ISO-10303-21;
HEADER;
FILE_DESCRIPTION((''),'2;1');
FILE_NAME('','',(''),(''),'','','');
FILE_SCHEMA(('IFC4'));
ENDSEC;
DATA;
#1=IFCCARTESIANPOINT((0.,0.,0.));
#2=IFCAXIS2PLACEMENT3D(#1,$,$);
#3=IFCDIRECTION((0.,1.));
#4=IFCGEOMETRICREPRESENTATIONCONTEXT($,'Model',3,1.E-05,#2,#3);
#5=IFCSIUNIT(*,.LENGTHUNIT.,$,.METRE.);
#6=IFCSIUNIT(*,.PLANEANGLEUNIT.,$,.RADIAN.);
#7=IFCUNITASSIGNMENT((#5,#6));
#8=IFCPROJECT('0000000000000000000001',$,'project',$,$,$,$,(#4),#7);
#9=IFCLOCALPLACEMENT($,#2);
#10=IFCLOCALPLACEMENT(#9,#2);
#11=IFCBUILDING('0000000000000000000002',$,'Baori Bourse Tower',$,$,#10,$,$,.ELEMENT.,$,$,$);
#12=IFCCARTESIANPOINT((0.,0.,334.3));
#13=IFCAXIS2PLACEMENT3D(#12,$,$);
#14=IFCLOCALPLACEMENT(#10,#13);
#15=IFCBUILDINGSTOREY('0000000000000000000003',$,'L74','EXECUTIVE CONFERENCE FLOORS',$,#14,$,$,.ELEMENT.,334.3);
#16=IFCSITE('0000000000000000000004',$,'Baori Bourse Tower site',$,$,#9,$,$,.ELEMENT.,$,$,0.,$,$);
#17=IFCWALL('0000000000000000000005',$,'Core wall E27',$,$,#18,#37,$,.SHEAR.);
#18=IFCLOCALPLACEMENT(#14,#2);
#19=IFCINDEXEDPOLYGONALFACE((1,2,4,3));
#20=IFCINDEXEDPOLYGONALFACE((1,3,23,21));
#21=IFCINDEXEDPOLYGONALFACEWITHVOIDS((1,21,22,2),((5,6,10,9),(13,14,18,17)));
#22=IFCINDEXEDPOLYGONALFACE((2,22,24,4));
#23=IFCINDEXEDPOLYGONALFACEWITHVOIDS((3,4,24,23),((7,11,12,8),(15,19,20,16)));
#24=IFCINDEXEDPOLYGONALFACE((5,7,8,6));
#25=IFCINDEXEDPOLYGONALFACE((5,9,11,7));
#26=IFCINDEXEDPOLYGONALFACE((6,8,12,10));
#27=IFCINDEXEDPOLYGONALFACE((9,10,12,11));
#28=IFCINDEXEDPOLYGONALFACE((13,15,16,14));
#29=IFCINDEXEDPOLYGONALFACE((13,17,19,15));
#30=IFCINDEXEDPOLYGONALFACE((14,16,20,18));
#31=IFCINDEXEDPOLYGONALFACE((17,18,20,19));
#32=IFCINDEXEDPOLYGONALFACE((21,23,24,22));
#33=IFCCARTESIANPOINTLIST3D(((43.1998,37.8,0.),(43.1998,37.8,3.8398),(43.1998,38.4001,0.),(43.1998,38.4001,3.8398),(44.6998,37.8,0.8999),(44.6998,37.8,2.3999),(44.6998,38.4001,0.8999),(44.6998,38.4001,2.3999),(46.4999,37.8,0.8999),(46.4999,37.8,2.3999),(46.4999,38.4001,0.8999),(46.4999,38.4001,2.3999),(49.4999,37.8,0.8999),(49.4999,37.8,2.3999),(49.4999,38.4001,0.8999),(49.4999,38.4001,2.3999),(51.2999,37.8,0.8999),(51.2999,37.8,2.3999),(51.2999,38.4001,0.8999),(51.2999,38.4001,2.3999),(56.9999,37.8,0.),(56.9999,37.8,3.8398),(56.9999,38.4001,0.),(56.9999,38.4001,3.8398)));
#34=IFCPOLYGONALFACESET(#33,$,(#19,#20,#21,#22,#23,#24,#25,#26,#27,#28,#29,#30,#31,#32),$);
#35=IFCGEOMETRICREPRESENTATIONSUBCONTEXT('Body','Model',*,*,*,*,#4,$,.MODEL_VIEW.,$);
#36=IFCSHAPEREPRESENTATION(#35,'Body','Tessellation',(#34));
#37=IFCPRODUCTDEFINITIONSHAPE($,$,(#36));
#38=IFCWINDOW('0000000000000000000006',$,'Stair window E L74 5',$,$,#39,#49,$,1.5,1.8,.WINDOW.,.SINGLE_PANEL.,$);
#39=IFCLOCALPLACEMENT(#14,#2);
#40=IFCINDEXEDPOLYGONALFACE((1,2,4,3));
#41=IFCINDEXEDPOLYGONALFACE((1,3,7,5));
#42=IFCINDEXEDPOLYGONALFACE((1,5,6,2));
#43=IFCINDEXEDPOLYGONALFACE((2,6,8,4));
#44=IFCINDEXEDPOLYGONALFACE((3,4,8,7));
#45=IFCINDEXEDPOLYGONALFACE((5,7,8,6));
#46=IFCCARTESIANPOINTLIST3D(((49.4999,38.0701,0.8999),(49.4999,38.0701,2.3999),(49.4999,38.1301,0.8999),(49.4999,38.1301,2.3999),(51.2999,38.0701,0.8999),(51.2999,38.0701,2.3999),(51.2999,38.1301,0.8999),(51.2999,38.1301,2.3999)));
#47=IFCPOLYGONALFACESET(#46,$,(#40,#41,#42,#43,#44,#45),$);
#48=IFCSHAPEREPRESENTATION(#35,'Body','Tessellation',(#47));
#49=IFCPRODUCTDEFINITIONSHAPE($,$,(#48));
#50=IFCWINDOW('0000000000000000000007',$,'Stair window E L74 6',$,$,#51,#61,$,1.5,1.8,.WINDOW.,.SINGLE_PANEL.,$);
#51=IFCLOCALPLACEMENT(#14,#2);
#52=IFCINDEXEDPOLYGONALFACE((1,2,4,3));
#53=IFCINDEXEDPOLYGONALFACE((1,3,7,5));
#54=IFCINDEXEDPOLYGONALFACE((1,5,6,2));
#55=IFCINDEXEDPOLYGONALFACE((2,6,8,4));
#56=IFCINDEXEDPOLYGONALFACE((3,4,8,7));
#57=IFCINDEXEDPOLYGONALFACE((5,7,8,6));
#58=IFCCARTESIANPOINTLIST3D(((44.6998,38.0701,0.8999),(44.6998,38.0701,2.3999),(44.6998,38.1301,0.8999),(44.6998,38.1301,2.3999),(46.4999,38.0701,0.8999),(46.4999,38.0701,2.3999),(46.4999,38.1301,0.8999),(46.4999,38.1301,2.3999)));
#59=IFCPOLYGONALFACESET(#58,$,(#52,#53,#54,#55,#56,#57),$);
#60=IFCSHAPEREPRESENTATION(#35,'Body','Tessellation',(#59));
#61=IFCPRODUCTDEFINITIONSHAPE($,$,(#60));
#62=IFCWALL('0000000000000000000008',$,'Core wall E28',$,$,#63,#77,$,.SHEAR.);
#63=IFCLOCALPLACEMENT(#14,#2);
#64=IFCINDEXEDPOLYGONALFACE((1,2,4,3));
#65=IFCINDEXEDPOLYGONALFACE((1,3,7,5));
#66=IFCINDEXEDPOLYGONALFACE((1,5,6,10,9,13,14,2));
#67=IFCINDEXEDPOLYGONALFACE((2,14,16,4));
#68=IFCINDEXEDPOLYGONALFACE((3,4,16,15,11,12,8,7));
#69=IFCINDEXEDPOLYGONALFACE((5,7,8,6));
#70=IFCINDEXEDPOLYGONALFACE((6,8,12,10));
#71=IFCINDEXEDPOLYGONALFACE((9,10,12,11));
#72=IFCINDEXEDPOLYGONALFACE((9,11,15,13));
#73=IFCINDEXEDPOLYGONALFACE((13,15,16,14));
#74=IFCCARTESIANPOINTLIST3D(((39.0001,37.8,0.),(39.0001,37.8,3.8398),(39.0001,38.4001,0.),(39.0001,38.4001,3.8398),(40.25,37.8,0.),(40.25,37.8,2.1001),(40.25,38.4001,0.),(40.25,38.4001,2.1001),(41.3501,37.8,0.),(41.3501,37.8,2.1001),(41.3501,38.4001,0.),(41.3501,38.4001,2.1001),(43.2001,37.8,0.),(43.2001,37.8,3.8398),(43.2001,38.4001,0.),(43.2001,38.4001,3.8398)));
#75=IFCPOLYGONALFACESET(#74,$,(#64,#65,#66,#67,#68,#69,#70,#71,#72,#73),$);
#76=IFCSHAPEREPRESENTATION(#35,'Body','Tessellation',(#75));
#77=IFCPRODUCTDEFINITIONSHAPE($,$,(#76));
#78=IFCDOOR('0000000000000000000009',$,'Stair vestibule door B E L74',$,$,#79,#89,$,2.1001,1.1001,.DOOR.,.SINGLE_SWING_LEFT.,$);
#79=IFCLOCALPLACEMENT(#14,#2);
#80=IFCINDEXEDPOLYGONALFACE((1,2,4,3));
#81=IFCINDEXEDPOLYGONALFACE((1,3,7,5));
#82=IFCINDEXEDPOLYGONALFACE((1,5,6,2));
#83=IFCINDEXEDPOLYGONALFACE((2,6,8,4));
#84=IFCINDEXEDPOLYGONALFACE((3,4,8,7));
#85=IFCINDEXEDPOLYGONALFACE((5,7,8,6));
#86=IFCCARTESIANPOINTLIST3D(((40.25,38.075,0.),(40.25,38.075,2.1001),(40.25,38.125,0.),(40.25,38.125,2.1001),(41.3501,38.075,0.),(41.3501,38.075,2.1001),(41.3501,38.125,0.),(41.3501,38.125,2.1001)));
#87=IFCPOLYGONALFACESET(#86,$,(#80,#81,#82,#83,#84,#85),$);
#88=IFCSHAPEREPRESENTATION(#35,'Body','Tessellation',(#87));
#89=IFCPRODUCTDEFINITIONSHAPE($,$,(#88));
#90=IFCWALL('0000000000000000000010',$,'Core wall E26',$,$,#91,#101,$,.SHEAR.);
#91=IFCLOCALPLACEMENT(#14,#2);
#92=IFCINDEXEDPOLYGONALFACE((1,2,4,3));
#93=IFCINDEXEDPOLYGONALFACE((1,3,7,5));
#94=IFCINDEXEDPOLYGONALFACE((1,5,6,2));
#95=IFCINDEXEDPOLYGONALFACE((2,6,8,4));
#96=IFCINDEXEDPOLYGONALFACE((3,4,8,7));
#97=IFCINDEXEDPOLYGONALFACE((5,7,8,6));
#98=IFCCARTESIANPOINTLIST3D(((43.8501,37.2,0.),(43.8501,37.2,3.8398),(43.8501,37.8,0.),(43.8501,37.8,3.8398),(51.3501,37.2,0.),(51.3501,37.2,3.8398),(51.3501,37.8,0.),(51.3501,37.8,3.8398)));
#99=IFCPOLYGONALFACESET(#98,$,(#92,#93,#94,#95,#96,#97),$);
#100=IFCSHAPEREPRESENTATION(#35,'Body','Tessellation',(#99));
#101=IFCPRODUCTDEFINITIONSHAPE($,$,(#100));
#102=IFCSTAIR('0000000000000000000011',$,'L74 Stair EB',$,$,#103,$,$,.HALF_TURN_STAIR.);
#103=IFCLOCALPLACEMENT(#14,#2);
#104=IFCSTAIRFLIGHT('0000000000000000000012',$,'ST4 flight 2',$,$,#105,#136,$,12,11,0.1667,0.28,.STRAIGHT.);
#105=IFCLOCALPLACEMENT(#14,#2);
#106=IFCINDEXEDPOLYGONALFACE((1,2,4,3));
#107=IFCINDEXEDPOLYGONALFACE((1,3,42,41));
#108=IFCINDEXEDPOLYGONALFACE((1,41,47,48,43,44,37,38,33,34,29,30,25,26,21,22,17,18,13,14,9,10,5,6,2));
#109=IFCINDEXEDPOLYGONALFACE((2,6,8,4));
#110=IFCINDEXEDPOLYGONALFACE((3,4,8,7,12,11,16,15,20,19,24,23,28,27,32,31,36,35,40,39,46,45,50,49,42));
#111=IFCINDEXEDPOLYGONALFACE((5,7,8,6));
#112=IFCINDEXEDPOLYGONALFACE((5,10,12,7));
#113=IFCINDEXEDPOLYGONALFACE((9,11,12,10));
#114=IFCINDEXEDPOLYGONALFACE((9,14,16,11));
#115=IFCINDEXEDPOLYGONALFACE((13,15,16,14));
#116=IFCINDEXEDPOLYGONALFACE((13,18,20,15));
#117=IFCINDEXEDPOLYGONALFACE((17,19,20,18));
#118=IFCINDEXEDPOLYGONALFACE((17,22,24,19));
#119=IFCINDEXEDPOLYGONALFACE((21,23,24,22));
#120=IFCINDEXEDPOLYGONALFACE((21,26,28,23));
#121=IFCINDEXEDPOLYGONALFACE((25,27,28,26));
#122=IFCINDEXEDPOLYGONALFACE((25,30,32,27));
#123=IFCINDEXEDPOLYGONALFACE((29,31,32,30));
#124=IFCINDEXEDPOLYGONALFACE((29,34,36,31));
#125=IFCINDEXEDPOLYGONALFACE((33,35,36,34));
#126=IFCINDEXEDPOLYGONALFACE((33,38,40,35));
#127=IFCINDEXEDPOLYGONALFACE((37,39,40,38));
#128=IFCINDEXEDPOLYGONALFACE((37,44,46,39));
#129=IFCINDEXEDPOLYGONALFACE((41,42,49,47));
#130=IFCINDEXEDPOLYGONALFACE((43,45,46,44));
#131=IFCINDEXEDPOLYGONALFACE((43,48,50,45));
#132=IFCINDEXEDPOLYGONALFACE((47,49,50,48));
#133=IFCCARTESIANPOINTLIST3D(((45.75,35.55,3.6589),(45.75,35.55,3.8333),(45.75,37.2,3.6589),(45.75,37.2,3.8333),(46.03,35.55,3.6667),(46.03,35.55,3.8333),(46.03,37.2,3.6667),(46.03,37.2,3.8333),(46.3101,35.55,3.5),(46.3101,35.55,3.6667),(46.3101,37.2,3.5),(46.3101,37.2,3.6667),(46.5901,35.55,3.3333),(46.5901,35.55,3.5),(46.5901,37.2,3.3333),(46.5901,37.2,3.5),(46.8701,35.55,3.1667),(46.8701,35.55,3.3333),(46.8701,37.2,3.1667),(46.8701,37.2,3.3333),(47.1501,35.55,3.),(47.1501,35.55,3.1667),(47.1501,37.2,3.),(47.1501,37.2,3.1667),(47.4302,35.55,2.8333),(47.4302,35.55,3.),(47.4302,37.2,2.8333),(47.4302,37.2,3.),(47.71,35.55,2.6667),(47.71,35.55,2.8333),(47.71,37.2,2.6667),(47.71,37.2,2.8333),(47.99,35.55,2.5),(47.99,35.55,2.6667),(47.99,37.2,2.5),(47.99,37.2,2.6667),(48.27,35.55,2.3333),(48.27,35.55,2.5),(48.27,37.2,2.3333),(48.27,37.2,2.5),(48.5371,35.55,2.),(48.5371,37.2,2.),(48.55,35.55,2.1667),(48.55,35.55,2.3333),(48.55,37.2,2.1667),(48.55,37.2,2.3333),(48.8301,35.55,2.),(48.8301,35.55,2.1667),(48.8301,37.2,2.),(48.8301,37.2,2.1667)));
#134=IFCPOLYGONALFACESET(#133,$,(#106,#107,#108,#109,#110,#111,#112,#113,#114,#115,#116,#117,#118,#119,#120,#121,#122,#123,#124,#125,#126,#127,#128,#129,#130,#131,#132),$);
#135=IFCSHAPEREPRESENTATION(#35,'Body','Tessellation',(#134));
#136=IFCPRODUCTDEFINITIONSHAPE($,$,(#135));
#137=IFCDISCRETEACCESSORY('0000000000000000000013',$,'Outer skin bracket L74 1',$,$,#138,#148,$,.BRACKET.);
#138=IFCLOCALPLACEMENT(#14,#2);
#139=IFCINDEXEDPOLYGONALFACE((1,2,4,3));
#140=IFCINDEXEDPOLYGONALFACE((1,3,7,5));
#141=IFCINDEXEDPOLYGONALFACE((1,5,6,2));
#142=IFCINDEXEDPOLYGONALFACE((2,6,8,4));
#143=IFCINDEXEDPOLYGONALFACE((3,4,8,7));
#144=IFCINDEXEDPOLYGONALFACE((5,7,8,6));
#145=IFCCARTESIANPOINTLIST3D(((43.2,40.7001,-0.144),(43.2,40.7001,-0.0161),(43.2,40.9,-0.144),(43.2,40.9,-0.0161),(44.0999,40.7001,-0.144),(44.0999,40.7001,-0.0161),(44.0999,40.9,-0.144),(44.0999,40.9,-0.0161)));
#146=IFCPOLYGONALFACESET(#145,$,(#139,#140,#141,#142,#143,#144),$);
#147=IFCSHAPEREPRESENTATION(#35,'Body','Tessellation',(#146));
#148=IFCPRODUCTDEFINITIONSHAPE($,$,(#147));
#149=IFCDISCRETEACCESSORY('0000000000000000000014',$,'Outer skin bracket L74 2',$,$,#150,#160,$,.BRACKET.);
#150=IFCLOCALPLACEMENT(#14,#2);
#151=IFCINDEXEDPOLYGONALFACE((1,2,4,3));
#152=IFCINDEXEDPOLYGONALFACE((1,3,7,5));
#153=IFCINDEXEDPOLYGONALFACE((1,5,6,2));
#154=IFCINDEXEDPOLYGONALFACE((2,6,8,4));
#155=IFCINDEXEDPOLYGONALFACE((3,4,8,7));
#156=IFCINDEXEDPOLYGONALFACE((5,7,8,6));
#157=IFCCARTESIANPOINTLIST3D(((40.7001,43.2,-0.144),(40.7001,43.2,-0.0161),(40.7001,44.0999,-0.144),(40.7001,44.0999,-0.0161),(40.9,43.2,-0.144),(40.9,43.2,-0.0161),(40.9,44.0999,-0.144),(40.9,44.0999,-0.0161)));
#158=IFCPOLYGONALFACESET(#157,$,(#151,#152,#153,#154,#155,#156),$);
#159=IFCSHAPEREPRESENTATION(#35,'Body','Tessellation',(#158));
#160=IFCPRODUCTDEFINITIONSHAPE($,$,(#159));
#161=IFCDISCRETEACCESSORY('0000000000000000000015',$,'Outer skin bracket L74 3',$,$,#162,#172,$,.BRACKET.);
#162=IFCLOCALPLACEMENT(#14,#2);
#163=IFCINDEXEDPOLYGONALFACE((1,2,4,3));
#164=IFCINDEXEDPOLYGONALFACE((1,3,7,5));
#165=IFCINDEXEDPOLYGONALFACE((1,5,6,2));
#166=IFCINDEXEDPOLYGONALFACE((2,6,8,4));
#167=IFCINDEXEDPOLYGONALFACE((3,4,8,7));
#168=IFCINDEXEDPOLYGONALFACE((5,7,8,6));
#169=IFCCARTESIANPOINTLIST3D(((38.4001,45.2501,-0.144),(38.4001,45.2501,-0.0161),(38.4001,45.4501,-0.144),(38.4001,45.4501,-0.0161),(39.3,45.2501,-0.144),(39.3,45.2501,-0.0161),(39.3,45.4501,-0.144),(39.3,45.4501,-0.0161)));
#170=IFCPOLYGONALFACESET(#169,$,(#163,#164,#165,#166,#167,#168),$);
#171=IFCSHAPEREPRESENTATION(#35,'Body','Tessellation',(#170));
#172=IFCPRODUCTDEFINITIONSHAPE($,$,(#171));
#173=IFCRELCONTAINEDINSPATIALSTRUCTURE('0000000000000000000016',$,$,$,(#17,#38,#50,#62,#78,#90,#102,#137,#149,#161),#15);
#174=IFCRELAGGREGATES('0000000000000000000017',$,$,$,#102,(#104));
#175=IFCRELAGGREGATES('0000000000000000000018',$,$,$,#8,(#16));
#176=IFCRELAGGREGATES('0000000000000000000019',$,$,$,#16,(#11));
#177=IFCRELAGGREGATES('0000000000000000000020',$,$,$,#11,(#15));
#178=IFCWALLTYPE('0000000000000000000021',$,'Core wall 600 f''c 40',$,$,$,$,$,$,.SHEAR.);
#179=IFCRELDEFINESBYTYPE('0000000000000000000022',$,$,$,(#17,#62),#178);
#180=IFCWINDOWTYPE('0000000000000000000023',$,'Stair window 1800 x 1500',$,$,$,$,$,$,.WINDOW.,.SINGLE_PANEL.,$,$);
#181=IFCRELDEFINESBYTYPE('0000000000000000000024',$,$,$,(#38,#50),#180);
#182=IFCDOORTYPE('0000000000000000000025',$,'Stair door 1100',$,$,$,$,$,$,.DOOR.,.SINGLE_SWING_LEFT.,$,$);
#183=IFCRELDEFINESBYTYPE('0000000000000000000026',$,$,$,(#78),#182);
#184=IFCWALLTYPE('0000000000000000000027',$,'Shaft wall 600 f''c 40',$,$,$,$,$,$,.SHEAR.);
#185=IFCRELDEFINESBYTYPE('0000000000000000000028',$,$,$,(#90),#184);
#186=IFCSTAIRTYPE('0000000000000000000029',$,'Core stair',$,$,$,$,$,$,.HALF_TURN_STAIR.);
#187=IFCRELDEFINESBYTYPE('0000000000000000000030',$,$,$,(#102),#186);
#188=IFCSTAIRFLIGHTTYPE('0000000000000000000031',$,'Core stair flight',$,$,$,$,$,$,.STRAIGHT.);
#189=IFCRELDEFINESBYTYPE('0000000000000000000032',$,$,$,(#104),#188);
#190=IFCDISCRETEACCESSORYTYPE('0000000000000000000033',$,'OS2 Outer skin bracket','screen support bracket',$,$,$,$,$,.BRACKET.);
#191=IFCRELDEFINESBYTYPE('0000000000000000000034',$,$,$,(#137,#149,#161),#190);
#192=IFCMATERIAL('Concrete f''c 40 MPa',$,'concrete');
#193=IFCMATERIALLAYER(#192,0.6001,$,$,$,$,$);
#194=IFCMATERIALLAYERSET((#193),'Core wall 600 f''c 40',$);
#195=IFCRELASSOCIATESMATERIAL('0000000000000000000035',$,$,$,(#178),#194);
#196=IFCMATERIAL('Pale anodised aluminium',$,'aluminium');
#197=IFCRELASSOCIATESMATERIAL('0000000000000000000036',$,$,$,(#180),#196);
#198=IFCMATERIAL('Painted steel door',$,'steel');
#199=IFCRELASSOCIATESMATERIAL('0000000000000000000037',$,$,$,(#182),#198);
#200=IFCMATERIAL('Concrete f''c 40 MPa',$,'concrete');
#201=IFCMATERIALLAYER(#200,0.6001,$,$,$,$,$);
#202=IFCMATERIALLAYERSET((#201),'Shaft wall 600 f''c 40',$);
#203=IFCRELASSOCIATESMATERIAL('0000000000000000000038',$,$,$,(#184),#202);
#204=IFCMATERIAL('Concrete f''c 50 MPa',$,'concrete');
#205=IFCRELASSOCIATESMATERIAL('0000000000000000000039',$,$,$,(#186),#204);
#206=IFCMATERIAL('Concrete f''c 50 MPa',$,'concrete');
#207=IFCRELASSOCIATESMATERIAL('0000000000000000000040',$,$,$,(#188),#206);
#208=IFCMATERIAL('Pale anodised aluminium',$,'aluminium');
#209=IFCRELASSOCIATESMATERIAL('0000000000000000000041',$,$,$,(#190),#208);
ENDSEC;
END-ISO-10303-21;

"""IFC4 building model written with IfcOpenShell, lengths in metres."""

from ifc_helpers import new_model, si_unit, direction, frame, frame_2d, origin, origin_2d, place, context, subcontext, project, spatial, polyline, rectangle, outline, extrude, material, layer, layer_set, type_object, element, fill, aggregate, save


model = new_model("IFC4")

# Units and contexts
model_context = context("Model", 3, precision=1e-05, world=origin(), true_north=direction((0.0, 1.0)))
body_context = subcontext(model_context, "Body", "Model", "MODEL_VIEW")
ifc_project = project(units=[si_unit("LENGTHUNIT", "METRE"), si_unit("PLANEANGLEUNIT", "RADIAN")], contexts=[model_context])

# Site, building, storey
site_placement = place(None, origin())
site = spatial("IfcSite", under=ifc_project, at=site_placement, Name="Baori Bourse Tower site", CompositionType="ELEMENT", RefElevation=0.0)
building_placement = place(site_placement, origin())
building = spatial("IfcBuilding", under=site, at=building_placement, Name="Baori Bourse Tower", CompositionType="ELEMENT")
storey_placement = place(building_placement, frame((0.0, 0.0, 334.3)))
storey = spatial("IfcBuildingStorey", under=building, at=storey_placement, Name="L74", Description="EXECUTIVE CONFERENCE FLOORS", CompositionType="ELEMENT", Elevation=334.3)

# Wall, openings, windows
ifc_material_1 = material(Name="Concrete f'c 40 MPa", Category="concrete")
ifc_layer_1 = layer(ifc_material_1, 0.6001)
ifc_layer_set_1 = layer_set([ifc_layer_1], Name="Core wall 600 f'c 40")
wall_type_1 = type_object("IfcWallType", Name="Core wall 600 f'c 40", PredefinedType="SHEAR", material=ifc_layer_set_1)
wall_1_placement = place(storey_placement, frame((43.2, 38.1001, 0.0), z_axis=(0.0, 0.0, 1.0), x_axis=(1.0, 0.0, 0.0)))
wall_1 = element("IfcWall", 1, at=wall_1_placement, inside=storey, type_object=wall_type_1, Name="Core wall E27", PredefinedType="SHEAR", context=body_context, shape_type="SweptSolid", body=[
    extrude(rectangle(XDim=13.8, YDim=0.6001, at=frame_2d((6.8999, 0.0))), origin(), (0.0, 0.0, 1.0), 3.8398),
])
opening_1_placement = place(wall_1_placement, frame((6.3, 0.0, 0.8999)))
opening_1 = element("IfcOpeningElement", 2, at=opening_1_placement, cuts=wall_1, PredefinedType="OPENING", context=body_context, shape_type="SweptSolid", body=[
    extrude(rectangle(XDim=1.8, YDim=1.5, at=frame_2d((0.8999, 0.75))), frame((0.0, 0.3101, 0.0), z_axis=(0.0, -1.0, 0.0), x_axis=(1.0, 0.0, 0.0)), (0.0, 0.0, 1.0), 0.6201),
])
opening_2_placement = place(wall_1_placement, frame((1.5, 0.0, 0.8999)))
opening_2 = element("IfcOpeningElement", 3, at=opening_2_placement, cuts=wall_1, PredefinedType="OPENING", context=body_context, shape_type="SweptSolid", body=[
    extrude(rectangle(XDim=1.8, YDim=1.5, at=frame_2d((0.8999, 0.75))), frame((0.0, 0.3101, 0.0), z_axis=(0.0, -1.0, 0.0), x_axis=(1.0, 0.0, 0.0)), (0.0, 0.0, 1.0), 0.6201),
])
ifc_material_2 = material(Name="Pale anodised aluminium", Category="aluminium")
window_type_1 = type_object("IfcWindowType", Name="Stair window 1800 x 1500", PartitioningType="SINGLE_PANEL", PredefinedType="WINDOW", material=ifc_material_2)
window_1_placement = place(opening_1_placement, origin())
window_1 = element("IfcWindow", 4, at=window_1_placement, inside=storey, type_object=window_type_1, Name="Stair window E L74 5", OverallHeight=1.5, OverallWidth=1.8, PartitioningType="SINGLE_PANEL", PredefinedType="WINDOW", context=body_context, shape_type="SweptSolid", body=[
    extrude(rectangle(XDim=1.8, YDim=1.5, at=frame_2d((0.8999, 0.75))), frame((0.0, 0.03, 0.0), z_axis=(0.0, -1.0, 0.0), x_axis=(1.0, 0.0, 0.0)), (0.0, 0.0, 1.0), 0.0601),
])
fill(opening_1, window_1)
window_2_placement = place(opening_2_placement, origin())
window_2 = element("IfcWindow", 5, at=window_2_placement, inside=storey, type_object=window_type_1, Name="Stair window E L74 6", OverallHeight=1.5, OverallWidth=1.8, PartitioningType="SINGLE_PANEL", PredefinedType="WINDOW", context=body_context, shape_type="SweptSolid", body=[
    extrude(rectangle(XDim=1.8, YDim=1.5, at=frame_2d((0.8999, 0.75))), frame((0.0, 0.03, 0.0), z_axis=(0.0, -1.0, 0.0), x_axis=(1.0, 0.0, 0.0)), (0.0, 0.0, 1.0), 0.0601),
])
fill(opening_2, window_2)

# Wall, opening, door
wall_2_placement = place(storey_placement, frame((39.0, 38.1001, 0.0), z_axis=(0.0, 0.0, 1.0), x_axis=(1.0, 0.0, 0.0)))
wall_2 = element("IfcWall", 6, at=wall_2_placement, inside=storey, type_object=wall_type_1, Name="Core wall E28", PredefinedType="SHEAR", context=body_context, shape_type="SweptSolid", body=[
    extrude(rectangle(XDim=4.2, YDim=0.6001, at=frame_2d((2.1001, 0.0))), origin(), (0.0, 0.0, 1.0), 3.8398),
])
opening_3_placement = place(wall_2_placement, frame((1.25, 0.0, 0.0)))
opening_3 = element("IfcOpeningElement", 7, at=opening_3_placement, cuts=wall_2, PredefinedType="OPENING", context=body_context, shape_type="SweptSolid", body=[
    extrude(rectangle(XDim=1.1001, YDim=2.1001, at=frame_2d((0.55, 1.05))), frame((0.0, 0.3101, 0.0), z_axis=(0.0, -1.0, 0.0), x_axis=(1.0, 0.0, 0.0)), (0.0, 0.0, 1.0), 0.6201),
])
ifc_material_3 = material(Name="Painted steel door", Category="steel")
door_type = type_object("IfcDoorType", Name="Stair door 1100", OperationType="SINGLE_SWING_LEFT", PredefinedType="DOOR", material=ifc_material_3)
door_placement = place(opening_3_placement, origin())
door = element("IfcDoor", 8, at=door_placement, inside=storey, type_object=door_type, Name="Stair vestibule door B E L74", OperationType="SINGLE_SWING_LEFT", OverallHeight=2.1001, OverallWidth=1.1001, PredefinedType="DOOR", context=body_context, shape_type="SweptSolid", body=[
    extrude(rectangle(XDim=1.1001, YDim=2.1001, at=frame_2d((0.55, 1.05))), frame((0.0, 0.0249, 0.0), z_axis=(0.0, -1.0, 0.0), x_axis=(1.0, 0.0, 0.0)), (0.0, 0.0, 1.0), 0.05),
])
fill(opening_3, door)

# Wall
ifc_material_4 = material(Name="Concrete f'c 40 MPa", Category="concrete")
ifc_layer_2 = layer(ifc_material_4, 0.6001)
ifc_layer_set_2 = layer_set([ifc_layer_2], Name="Shaft wall 600 f'c 40")
wall_type_2 = type_object("IfcWallType", Name="Shaft wall 600 f'c 40", PredefinedType="SHEAR", material=ifc_layer_set_2)
wall_3_placement = place(storey_placement, frame((43.8501, 37.5, 0.0), z_axis=(0.0, 0.0, 1.0), x_axis=(1.0, 0.0, 0.0)))
element("IfcWall", 9, at=wall_3_placement, inside=storey, type_object=wall_type_2, Name="Core wall E26", PredefinedType="SHEAR", context=body_context, shape_type="SweptSolid", body=[
    extrude(rectangle(XDim=7.5, YDim=0.6001, at=frame_2d((3.75, 0.0))), origin(), (0.0, 0.0, 1.0), 3.8398),
])

# Stair, stair flight
ifc_material_5 = material(Name="Concrete f'c 50 MPa", Category="concrete")
stair_type = type_object("IfcStairType", Name="Core stair", PredefinedType="HALF_TURN_STAIR", material=ifc_material_5)
stair_placement = place(storey_placement, origin())
stair = element("IfcStair", 10, at=stair_placement, inside=storey, type_object=stair_type, Name="L74 Stair EB", PredefinedType="HALF_TURN_STAIR")
ifc_material_6 = material(Name="Concrete f'c 50 MPa", Category="concrete")
stair_flight_type = type_object("IfcStairFlightType", Name="Core stair flight", PredefinedType="STRAIGHT", material=ifc_material_6)
stair_flight_placement = place(storey_placement, frame((48.8301, 36.375, 2.0), z_axis=(0.0, 0.0, 1.0), x_axis=(-1.0, 0.0, 0.0)))
stair_flight = element("IfcStairFlight", 11, at=stair_flight_placement, type_object=stair_flight_type, Name="ST4 flight 2", NumberOfRisers=12, NumberOfTreads=11, PredefinedType="STRAIGHT", RiserHeight=0.1667, TreadLength=0.28, context=body_context, shape_type="SweptSolid", body=[
    extrude(outline(polyline([(0.0, 0.0), (0.0, 0.1667), (0.28, 0.1667), (0.28, 0.3333), (0.5601, 0.3333), (0.5601, 0.5), (0.8401, 0.5), (0.8401, 0.6667), (1.1201, 0.6667), (1.1201, 0.8333), (1.3999, 0.8333), (1.3999, 1.0), (1.6799, 1.0), (1.6799, 1.1667), (1.96, 1.1667), (1.96, 1.3333), (2.24, 1.3333), (2.24, 1.5), (2.52, 1.5), (2.52, 1.6667), (2.8, 1.6667), (2.8, 1.8333), (3.0801, 1.8333), (3.0801, 2.0), (3.0801, 1.6589), (0.293, 0.0), (0.0, 0.0)])), frame((0.0, 0.825, 0.0), z_axis=(0.0, -1.0, 0.0), x_axis=(1.0, 0.0, 0.0)), (0.0, 0.0, 1.0), 1.6499),
])
aggregate(stair, [stair_flight])

# Discrete accessories
ifc_material_7 = material(Name="Pale anodised aluminium", Category="aluminium")
discrete_accessory_type = type_object("IfcDiscreteAccessoryType", Name="OS2 Outer skin bracket", Description="screen support bracket", PredefinedType="BRACKET", material=ifc_material_7)
for number, where, z_axis, x_axis, name in (
    (12, (43.6499, 40.8, -0.144), (0.0, 0.0, 1.0), (0.0, 1.0, 0.0), "Outer skin bracket L74 1"),
    (13, (40.8, 43.6499, -0.144), (0.0, 0.0, 1.0), (-1.0, 0.0, 0.0), "Outer skin bracket L74 2"),
    (14, (38.8501, 45.3501, -0.144), (0.0, 0.0, 1.0), (0.0, 1.0, 0.0), "Outer skin bracket L74 3"),
):
    element("IfcDiscreteAccessory", number, at=place(storey_placement, frame(where, z_axis=z_axis, x_axis=x_axis)), inside=storey, type_object=discrete_accessory_type, Name=name, PredefinedType="BRACKET", context=body_context, shape_type="SweptSolid", body=[
        extrude(rectangle(XDim=0.2, YDim=0.8999, at=origin_2d()), origin(), (0.0, 0.0, 1.0), 0.1279),
    ])

save(model, "model.ifc")
